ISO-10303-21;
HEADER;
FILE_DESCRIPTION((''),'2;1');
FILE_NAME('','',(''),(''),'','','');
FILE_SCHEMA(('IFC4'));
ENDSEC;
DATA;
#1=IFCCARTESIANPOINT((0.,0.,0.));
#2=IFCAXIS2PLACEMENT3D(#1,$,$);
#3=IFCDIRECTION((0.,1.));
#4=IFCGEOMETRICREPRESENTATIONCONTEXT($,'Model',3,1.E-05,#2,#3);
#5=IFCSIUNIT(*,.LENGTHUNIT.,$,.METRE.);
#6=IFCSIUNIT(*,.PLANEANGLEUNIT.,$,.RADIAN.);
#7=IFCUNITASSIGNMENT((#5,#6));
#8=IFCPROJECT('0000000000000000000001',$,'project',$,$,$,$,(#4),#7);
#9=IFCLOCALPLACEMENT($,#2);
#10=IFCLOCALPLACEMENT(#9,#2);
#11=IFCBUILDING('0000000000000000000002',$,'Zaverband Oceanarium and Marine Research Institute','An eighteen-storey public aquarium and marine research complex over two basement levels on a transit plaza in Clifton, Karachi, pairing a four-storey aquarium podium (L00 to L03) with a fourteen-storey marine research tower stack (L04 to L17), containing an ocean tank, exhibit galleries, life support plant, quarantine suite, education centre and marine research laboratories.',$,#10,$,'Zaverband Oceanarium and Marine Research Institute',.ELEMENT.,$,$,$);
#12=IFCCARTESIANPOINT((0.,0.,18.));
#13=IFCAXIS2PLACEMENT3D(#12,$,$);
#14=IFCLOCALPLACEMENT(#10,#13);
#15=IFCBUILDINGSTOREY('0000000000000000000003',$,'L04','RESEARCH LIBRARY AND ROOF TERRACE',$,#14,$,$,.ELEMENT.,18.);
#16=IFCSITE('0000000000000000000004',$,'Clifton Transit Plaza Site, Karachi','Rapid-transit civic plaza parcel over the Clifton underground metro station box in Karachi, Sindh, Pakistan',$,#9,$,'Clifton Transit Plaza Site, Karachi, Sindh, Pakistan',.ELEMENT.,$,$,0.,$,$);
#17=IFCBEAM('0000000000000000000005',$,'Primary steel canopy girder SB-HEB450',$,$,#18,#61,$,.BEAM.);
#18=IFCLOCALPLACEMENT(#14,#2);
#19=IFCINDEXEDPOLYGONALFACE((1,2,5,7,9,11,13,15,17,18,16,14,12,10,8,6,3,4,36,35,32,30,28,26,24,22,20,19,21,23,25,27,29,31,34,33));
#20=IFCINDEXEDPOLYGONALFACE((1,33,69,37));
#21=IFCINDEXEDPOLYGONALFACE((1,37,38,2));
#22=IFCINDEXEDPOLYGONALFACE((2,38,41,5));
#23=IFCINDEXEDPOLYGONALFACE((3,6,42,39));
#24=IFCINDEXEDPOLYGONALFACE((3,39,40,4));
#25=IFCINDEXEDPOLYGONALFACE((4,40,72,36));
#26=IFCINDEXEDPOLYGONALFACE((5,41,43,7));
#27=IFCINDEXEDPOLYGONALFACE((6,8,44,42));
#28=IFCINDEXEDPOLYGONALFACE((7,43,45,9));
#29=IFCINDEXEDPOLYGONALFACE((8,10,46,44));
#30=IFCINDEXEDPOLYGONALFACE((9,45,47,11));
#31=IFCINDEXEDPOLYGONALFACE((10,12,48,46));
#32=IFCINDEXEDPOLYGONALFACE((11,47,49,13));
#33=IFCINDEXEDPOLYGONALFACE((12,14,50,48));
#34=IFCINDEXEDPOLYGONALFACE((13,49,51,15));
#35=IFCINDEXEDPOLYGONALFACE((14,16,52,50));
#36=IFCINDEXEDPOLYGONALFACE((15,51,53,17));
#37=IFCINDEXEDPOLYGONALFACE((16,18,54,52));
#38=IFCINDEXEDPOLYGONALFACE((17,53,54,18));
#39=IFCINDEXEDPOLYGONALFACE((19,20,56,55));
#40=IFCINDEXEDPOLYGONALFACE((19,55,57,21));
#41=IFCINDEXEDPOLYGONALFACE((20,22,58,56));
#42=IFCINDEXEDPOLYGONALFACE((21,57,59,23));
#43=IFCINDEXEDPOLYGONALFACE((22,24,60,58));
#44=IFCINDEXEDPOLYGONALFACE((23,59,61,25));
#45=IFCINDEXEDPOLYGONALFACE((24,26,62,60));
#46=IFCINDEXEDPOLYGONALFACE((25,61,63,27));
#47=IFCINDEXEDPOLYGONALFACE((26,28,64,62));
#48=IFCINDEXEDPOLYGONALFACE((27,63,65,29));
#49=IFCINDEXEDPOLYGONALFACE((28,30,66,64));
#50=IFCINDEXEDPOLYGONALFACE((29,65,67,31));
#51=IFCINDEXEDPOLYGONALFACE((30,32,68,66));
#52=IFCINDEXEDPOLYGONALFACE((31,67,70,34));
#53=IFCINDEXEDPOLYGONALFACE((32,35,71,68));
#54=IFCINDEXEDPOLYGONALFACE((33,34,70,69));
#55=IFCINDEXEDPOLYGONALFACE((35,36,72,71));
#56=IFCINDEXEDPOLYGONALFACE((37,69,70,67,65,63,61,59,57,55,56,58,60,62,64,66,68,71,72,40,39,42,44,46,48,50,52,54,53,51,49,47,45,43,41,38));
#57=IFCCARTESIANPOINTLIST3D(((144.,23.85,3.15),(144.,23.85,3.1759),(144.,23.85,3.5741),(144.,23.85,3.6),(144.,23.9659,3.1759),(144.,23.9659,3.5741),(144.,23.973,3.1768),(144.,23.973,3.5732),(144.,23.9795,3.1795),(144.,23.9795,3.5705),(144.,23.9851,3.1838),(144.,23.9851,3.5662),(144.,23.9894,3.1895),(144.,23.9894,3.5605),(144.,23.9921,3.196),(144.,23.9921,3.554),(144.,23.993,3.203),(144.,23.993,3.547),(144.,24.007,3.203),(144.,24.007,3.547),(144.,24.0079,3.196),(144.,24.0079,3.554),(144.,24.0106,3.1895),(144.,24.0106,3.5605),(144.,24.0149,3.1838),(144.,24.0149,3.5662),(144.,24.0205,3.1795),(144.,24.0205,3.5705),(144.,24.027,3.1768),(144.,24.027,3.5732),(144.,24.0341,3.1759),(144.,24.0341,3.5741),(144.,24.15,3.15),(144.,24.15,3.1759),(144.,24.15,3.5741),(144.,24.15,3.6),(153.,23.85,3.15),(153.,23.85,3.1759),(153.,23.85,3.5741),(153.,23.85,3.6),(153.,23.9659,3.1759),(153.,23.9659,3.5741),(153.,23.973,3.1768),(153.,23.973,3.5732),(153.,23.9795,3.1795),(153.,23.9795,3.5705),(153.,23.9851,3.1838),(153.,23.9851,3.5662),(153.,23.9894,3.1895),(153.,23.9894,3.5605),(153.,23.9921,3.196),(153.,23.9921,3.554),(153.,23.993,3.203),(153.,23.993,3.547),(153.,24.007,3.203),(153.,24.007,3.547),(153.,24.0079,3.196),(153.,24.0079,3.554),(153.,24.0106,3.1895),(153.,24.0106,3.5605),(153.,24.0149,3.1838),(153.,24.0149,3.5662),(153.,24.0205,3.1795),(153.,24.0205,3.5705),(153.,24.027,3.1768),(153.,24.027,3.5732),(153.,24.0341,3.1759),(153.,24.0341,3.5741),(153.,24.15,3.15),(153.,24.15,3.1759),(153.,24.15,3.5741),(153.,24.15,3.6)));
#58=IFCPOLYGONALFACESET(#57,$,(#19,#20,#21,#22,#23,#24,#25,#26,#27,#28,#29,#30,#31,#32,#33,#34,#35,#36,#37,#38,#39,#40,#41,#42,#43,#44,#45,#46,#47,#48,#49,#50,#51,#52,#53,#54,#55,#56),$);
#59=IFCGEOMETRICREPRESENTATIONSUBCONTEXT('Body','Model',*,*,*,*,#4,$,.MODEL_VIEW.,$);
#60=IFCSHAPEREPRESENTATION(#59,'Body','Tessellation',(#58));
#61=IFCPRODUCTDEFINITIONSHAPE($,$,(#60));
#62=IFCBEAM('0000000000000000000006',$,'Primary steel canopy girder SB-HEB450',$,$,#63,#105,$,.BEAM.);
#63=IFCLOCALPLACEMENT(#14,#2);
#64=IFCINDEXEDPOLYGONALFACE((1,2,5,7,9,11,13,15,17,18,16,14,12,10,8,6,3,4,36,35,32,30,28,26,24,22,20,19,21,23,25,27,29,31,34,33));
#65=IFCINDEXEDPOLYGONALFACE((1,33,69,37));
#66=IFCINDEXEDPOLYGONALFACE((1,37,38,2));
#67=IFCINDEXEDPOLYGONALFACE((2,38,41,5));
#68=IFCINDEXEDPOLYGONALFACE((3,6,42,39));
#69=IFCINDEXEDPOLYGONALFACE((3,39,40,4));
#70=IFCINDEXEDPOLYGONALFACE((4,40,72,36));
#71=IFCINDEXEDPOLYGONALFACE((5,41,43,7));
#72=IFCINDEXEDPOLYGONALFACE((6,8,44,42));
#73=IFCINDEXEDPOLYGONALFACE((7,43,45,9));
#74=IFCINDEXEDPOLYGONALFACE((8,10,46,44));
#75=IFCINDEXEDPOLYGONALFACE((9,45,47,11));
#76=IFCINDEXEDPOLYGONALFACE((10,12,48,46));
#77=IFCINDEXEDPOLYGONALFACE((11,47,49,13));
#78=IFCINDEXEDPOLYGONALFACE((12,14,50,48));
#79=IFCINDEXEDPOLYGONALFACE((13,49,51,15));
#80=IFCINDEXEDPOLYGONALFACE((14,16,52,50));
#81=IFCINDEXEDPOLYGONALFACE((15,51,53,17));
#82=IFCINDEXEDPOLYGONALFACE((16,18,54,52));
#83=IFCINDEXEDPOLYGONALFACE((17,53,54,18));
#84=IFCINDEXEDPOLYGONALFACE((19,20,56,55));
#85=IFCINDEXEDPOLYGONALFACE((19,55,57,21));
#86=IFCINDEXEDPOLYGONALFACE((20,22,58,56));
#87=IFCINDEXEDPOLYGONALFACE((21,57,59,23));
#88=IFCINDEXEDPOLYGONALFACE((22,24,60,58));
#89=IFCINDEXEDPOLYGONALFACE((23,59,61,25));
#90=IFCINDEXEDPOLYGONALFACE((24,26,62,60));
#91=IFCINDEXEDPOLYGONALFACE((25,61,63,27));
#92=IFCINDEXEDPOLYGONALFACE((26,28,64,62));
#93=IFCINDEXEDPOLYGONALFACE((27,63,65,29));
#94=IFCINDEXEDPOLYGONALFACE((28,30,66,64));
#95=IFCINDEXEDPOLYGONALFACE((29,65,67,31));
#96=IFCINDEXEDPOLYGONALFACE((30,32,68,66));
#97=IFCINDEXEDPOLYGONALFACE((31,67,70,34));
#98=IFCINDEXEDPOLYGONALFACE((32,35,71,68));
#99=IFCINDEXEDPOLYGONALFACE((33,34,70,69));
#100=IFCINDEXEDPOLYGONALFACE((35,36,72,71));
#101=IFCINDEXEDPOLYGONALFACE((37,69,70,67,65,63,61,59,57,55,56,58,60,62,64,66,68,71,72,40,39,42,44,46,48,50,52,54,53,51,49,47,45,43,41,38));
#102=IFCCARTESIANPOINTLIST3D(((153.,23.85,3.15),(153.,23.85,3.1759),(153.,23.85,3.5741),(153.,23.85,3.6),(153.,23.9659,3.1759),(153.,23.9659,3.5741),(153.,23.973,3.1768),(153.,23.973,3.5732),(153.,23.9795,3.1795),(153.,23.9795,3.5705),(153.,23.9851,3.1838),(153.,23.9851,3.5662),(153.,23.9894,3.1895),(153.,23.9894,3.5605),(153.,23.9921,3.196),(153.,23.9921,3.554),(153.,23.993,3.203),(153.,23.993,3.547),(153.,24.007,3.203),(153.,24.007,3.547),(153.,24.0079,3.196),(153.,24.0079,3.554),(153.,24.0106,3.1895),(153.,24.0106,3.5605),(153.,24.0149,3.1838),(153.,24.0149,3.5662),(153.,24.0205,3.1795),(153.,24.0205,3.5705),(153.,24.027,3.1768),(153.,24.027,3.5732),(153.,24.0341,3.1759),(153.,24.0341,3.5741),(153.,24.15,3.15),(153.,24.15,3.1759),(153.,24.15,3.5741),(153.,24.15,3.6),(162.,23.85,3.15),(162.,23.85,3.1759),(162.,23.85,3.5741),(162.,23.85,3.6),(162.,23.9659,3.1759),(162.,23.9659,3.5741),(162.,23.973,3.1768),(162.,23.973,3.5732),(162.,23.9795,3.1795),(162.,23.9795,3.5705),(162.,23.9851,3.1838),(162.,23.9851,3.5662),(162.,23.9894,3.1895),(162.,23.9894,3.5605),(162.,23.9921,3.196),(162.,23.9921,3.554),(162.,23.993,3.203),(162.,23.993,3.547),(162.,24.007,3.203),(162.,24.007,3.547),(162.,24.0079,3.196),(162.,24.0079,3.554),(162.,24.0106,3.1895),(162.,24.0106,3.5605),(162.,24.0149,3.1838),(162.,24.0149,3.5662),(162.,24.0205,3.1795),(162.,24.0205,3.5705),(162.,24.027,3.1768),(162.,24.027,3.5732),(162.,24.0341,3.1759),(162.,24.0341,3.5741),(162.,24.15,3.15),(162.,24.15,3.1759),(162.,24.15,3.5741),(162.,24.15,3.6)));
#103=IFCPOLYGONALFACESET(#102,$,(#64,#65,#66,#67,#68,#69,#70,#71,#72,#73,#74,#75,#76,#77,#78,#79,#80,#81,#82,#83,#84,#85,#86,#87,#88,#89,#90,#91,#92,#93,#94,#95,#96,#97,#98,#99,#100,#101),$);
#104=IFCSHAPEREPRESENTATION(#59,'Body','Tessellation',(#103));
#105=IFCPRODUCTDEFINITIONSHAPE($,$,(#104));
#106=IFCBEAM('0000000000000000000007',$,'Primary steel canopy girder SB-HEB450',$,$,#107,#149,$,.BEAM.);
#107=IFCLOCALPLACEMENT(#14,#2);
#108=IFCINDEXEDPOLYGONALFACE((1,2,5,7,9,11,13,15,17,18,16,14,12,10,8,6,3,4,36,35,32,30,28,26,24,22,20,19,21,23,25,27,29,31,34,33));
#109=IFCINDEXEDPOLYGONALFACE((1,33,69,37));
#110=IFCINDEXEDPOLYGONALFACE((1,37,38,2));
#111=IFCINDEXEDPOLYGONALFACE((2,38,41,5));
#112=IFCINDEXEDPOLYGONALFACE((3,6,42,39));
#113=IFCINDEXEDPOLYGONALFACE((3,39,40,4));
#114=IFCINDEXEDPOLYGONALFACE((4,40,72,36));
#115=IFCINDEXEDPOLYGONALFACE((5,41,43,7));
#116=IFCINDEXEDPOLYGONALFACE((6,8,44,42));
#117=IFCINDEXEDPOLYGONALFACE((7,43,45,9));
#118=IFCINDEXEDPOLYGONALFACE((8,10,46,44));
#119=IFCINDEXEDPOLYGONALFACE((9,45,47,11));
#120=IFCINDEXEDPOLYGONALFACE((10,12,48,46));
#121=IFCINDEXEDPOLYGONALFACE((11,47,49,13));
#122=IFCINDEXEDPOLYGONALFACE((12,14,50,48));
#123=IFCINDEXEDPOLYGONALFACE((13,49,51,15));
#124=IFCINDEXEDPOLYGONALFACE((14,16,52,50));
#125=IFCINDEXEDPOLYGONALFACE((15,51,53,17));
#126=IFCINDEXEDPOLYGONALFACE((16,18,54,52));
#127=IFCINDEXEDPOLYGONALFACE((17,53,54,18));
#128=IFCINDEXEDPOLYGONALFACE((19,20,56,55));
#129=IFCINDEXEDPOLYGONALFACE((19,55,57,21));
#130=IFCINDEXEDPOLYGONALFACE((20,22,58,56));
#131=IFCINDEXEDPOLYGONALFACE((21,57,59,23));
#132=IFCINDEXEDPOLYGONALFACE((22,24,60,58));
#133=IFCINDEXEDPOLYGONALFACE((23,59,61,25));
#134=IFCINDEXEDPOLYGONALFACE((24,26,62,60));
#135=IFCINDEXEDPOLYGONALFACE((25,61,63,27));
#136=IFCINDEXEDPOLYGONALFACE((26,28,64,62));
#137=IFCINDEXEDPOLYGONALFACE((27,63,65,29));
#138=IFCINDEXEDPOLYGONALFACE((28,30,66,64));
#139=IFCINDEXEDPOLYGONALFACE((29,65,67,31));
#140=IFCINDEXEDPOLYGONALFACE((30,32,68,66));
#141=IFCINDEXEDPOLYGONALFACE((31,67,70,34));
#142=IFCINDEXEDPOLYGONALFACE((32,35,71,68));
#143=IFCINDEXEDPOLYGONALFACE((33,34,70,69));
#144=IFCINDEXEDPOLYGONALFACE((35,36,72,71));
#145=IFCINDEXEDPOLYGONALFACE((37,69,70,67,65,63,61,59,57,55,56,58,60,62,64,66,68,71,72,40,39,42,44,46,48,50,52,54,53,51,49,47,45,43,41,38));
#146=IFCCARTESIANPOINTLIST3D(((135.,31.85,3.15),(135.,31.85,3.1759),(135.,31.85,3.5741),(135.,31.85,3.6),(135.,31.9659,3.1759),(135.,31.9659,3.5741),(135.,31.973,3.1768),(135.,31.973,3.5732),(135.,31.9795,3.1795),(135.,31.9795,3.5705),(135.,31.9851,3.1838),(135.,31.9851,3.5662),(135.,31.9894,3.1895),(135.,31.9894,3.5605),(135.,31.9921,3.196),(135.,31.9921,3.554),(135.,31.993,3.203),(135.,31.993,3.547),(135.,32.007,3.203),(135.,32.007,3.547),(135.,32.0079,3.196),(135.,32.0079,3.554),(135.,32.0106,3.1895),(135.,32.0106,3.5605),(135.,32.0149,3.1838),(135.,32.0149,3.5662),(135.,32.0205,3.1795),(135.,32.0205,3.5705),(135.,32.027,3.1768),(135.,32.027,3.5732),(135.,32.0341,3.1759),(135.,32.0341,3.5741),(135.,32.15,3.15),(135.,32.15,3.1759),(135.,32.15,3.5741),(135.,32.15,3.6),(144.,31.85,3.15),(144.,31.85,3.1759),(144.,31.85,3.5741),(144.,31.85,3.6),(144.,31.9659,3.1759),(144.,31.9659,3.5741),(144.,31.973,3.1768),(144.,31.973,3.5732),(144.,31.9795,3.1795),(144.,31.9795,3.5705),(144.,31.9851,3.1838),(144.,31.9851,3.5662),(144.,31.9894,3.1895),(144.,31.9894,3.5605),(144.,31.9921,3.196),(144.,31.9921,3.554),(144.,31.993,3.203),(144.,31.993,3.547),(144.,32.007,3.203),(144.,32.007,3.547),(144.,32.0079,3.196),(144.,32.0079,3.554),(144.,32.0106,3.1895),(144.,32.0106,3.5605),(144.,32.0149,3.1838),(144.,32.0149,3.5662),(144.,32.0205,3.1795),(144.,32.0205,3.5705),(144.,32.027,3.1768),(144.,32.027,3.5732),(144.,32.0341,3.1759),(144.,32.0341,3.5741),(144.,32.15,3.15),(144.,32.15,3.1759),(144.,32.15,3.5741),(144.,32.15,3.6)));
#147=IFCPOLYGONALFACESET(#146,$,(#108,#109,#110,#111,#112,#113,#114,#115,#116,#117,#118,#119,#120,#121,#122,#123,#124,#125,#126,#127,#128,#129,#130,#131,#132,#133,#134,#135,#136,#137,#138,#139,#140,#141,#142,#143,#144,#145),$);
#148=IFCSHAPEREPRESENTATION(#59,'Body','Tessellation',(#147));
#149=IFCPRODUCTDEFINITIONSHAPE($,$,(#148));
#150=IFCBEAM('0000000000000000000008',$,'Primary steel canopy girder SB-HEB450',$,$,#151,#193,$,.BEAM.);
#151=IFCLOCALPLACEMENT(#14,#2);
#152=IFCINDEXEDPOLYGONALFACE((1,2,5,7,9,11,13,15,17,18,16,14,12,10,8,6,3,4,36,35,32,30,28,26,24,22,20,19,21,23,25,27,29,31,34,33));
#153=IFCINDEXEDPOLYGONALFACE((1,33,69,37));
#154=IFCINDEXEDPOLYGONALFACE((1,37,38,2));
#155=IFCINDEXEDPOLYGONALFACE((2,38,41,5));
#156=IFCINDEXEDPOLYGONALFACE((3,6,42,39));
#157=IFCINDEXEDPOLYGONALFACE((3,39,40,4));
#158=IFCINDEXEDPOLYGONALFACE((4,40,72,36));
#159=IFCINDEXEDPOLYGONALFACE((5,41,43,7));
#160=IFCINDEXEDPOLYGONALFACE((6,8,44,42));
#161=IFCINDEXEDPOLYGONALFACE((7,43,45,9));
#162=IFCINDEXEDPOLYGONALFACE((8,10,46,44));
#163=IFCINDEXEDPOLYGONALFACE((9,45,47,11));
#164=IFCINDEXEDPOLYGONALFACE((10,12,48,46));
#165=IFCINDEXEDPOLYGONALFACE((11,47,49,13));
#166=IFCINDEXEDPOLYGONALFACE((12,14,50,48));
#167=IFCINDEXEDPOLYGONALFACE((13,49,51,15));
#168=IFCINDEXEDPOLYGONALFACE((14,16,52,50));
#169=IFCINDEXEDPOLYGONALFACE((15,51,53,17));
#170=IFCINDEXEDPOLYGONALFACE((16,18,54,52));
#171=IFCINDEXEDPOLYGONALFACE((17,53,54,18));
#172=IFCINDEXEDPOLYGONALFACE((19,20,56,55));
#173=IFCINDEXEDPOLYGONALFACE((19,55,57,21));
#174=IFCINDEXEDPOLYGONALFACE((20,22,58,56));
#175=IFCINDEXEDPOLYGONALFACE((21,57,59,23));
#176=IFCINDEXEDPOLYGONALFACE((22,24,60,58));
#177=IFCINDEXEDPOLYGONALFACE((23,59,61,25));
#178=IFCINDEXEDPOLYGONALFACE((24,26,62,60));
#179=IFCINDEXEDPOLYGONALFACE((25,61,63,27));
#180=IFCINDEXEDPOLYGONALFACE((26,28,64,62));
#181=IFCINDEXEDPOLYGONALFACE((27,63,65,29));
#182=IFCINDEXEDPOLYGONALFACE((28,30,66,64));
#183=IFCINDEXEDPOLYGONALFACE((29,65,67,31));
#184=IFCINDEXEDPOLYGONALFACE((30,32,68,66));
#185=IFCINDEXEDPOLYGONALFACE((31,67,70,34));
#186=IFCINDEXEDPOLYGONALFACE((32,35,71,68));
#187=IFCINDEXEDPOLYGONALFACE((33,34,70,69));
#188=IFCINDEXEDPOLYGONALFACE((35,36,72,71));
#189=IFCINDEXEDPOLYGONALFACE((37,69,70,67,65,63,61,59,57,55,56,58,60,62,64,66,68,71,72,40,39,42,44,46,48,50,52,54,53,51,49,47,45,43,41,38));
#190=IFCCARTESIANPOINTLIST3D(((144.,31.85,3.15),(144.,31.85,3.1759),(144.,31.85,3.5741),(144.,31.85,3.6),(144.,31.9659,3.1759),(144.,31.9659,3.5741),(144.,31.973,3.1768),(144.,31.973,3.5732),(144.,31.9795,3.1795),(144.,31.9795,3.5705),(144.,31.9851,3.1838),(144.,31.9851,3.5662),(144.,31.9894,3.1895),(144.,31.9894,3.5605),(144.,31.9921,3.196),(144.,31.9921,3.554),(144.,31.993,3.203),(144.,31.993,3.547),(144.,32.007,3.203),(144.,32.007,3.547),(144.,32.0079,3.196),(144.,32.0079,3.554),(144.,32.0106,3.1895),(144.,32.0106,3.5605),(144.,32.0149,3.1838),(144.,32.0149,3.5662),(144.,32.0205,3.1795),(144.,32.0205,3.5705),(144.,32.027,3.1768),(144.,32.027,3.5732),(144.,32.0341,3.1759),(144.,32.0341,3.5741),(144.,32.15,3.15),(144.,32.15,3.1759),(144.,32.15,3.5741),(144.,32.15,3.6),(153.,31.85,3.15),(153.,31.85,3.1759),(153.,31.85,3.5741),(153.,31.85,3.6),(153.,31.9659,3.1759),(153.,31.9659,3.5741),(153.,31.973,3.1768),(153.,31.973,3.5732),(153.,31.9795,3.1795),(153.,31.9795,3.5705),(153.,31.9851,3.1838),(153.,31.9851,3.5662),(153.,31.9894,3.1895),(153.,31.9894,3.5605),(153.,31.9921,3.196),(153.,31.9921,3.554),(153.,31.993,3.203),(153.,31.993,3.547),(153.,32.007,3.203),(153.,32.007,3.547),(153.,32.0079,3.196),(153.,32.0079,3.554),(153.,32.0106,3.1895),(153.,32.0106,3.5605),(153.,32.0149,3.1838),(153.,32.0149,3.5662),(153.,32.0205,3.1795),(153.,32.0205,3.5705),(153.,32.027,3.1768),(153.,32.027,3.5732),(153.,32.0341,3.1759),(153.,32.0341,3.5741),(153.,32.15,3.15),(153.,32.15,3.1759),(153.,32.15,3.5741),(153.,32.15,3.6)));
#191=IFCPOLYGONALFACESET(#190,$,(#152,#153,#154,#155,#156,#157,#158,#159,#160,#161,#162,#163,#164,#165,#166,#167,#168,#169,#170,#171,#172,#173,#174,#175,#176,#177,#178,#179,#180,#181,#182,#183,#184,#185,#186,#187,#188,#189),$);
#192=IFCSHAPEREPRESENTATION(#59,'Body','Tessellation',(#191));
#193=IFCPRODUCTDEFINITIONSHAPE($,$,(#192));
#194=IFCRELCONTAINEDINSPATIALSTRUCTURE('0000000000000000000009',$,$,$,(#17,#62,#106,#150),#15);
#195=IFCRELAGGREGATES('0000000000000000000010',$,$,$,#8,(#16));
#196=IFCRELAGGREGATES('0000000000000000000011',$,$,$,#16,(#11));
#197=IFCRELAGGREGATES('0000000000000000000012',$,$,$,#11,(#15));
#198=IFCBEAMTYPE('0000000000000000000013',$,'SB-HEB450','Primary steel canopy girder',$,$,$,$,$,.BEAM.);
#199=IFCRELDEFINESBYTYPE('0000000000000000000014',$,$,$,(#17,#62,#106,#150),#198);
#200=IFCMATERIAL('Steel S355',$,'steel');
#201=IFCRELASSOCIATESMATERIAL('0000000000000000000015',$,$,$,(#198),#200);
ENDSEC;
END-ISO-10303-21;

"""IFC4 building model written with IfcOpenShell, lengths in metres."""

from ifc_helpers import new_model, si_unit, direction, frame, origin, origin_2d, place, context, subcontext, project, spatial, i_section, extrude, material, material_profile, profile_set, type_object, element, save


model = new_model("IFC4")

# Units and contexts
model_context = context("Model", 3, precision=1e-05, world=origin(), true_north=direction((0.0, 1.0)))
body_context = subcontext(model_context, "Body", "Model", "MODEL_VIEW")
ifc_project = project(units=[si_unit("LENGTHUNIT", "METRE"), si_unit("PLANEANGLEUNIT", "RADIAN")], contexts=[model_context])

# Site, building, storey
site_placement = place(None, origin())
site = spatial("IfcSite", under=ifc_project, at=site_placement, Name="Clifton Transit Plaza Site, Karachi", Description="Rapid-transit civic plaza parcel over the Clifton underground metro station box in Karachi, Sindh, Pakistan", LongName="Clifton Transit Plaza Site, Karachi, Sindh, Pakistan", CompositionType="ELEMENT", RefElevation=0.0)
building_placement = place(site_placement, origin())
building = spatial("IfcBuilding", under=site, at=building_placement, Name="Zaverband Oceanarium and Marine Research Institute", Description="An eighteen-storey public aquarium and marine research complex over two basement levels on a transit plaza in Clifton, Karachi, pairing a four-storey aquarium podium (L00 to L03) with a fourteen-storey marine research tower stack (L04 to L17), containing an ocean tank, exhibit galleries, life support plant, quarantine suite, education centre and marine research laboratories.", LongName="Zaverband Oceanarium and Marine Research Institute", CompositionType="ELEMENT")
storey_placement = place(building_placement, frame((0.0, 0.0, 18.0)))
storey = spatial("IfcBuildingStorey", under=building, at=storey_placement, Name="L04", Description="RESEARCH LIBRARY AND ROOF TERRACE", CompositionType="ELEMENT", Elevation=18.0)

# Shared definitions
ifc_material_1 = material(Name="Steel S355", Category="steel")

# Beams
ifc_material_profile_1 = material_profile(ifc_material_1, i_section(OverallWidth=0.3, OverallDepth=0.45, WebThickness=0.0139, FlangeThickness=0.0259, FilletRadius=0.0271, at=origin_2d()), Name="HEB450")
ifc_profile_set_1 = profile_set([ifc_material_profile_1], Name="Steel S355")
beam_type = type_object("IfcBeamType", Name="SB-HEB450", Description="Primary steel canopy girder", PredefinedType="BEAM", material=ifc_profile_set_1)
for number, where, z_axis, x_axis, name in (
    (1, (144.0, 24.0, 3.375), (1.0, 0.0, 0.0), (0.0, 1.0, 0.0), "Primary steel canopy girder SB-HEB450"),
    (2, (153.0, 24.0, 3.375), (1.0, 0.0, 0.0), (0.0, 1.0, 0.0), "Primary steel canopy girder SB-HEB450"),
    (3, (135.0, 32.0, 3.375), (1.0, 0.0, 0.0), (0.0, 1.0, 0.0), "Primary steel canopy girder SB-HEB450"),
    (4, (144.0, 32.0, 3.375), (1.0, 0.0, 0.0), (0.0, 1.0, 0.0), "Primary steel canopy girder SB-HEB450"),
):
    element("IfcBeam", number, at=place(storey_placement, frame(where, z_axis=z_axis, x_axis=x_axis)), inside=storey, type_object=beam_type, Name=name, PredefinedType="BEAM", context=body_context, shape_type="SweptSolid", body=[
        extrude(i_section(OverallWidth=0.3, OverallDepth=0.45, WebThickness=0.0139, FlangeThickness=0.0259, FilletRadius=0.0271, at=origin_2d()), origin(), (0.0, 0.0, 1.0), 9.0),
    ])

save(model, "model.ifc")
